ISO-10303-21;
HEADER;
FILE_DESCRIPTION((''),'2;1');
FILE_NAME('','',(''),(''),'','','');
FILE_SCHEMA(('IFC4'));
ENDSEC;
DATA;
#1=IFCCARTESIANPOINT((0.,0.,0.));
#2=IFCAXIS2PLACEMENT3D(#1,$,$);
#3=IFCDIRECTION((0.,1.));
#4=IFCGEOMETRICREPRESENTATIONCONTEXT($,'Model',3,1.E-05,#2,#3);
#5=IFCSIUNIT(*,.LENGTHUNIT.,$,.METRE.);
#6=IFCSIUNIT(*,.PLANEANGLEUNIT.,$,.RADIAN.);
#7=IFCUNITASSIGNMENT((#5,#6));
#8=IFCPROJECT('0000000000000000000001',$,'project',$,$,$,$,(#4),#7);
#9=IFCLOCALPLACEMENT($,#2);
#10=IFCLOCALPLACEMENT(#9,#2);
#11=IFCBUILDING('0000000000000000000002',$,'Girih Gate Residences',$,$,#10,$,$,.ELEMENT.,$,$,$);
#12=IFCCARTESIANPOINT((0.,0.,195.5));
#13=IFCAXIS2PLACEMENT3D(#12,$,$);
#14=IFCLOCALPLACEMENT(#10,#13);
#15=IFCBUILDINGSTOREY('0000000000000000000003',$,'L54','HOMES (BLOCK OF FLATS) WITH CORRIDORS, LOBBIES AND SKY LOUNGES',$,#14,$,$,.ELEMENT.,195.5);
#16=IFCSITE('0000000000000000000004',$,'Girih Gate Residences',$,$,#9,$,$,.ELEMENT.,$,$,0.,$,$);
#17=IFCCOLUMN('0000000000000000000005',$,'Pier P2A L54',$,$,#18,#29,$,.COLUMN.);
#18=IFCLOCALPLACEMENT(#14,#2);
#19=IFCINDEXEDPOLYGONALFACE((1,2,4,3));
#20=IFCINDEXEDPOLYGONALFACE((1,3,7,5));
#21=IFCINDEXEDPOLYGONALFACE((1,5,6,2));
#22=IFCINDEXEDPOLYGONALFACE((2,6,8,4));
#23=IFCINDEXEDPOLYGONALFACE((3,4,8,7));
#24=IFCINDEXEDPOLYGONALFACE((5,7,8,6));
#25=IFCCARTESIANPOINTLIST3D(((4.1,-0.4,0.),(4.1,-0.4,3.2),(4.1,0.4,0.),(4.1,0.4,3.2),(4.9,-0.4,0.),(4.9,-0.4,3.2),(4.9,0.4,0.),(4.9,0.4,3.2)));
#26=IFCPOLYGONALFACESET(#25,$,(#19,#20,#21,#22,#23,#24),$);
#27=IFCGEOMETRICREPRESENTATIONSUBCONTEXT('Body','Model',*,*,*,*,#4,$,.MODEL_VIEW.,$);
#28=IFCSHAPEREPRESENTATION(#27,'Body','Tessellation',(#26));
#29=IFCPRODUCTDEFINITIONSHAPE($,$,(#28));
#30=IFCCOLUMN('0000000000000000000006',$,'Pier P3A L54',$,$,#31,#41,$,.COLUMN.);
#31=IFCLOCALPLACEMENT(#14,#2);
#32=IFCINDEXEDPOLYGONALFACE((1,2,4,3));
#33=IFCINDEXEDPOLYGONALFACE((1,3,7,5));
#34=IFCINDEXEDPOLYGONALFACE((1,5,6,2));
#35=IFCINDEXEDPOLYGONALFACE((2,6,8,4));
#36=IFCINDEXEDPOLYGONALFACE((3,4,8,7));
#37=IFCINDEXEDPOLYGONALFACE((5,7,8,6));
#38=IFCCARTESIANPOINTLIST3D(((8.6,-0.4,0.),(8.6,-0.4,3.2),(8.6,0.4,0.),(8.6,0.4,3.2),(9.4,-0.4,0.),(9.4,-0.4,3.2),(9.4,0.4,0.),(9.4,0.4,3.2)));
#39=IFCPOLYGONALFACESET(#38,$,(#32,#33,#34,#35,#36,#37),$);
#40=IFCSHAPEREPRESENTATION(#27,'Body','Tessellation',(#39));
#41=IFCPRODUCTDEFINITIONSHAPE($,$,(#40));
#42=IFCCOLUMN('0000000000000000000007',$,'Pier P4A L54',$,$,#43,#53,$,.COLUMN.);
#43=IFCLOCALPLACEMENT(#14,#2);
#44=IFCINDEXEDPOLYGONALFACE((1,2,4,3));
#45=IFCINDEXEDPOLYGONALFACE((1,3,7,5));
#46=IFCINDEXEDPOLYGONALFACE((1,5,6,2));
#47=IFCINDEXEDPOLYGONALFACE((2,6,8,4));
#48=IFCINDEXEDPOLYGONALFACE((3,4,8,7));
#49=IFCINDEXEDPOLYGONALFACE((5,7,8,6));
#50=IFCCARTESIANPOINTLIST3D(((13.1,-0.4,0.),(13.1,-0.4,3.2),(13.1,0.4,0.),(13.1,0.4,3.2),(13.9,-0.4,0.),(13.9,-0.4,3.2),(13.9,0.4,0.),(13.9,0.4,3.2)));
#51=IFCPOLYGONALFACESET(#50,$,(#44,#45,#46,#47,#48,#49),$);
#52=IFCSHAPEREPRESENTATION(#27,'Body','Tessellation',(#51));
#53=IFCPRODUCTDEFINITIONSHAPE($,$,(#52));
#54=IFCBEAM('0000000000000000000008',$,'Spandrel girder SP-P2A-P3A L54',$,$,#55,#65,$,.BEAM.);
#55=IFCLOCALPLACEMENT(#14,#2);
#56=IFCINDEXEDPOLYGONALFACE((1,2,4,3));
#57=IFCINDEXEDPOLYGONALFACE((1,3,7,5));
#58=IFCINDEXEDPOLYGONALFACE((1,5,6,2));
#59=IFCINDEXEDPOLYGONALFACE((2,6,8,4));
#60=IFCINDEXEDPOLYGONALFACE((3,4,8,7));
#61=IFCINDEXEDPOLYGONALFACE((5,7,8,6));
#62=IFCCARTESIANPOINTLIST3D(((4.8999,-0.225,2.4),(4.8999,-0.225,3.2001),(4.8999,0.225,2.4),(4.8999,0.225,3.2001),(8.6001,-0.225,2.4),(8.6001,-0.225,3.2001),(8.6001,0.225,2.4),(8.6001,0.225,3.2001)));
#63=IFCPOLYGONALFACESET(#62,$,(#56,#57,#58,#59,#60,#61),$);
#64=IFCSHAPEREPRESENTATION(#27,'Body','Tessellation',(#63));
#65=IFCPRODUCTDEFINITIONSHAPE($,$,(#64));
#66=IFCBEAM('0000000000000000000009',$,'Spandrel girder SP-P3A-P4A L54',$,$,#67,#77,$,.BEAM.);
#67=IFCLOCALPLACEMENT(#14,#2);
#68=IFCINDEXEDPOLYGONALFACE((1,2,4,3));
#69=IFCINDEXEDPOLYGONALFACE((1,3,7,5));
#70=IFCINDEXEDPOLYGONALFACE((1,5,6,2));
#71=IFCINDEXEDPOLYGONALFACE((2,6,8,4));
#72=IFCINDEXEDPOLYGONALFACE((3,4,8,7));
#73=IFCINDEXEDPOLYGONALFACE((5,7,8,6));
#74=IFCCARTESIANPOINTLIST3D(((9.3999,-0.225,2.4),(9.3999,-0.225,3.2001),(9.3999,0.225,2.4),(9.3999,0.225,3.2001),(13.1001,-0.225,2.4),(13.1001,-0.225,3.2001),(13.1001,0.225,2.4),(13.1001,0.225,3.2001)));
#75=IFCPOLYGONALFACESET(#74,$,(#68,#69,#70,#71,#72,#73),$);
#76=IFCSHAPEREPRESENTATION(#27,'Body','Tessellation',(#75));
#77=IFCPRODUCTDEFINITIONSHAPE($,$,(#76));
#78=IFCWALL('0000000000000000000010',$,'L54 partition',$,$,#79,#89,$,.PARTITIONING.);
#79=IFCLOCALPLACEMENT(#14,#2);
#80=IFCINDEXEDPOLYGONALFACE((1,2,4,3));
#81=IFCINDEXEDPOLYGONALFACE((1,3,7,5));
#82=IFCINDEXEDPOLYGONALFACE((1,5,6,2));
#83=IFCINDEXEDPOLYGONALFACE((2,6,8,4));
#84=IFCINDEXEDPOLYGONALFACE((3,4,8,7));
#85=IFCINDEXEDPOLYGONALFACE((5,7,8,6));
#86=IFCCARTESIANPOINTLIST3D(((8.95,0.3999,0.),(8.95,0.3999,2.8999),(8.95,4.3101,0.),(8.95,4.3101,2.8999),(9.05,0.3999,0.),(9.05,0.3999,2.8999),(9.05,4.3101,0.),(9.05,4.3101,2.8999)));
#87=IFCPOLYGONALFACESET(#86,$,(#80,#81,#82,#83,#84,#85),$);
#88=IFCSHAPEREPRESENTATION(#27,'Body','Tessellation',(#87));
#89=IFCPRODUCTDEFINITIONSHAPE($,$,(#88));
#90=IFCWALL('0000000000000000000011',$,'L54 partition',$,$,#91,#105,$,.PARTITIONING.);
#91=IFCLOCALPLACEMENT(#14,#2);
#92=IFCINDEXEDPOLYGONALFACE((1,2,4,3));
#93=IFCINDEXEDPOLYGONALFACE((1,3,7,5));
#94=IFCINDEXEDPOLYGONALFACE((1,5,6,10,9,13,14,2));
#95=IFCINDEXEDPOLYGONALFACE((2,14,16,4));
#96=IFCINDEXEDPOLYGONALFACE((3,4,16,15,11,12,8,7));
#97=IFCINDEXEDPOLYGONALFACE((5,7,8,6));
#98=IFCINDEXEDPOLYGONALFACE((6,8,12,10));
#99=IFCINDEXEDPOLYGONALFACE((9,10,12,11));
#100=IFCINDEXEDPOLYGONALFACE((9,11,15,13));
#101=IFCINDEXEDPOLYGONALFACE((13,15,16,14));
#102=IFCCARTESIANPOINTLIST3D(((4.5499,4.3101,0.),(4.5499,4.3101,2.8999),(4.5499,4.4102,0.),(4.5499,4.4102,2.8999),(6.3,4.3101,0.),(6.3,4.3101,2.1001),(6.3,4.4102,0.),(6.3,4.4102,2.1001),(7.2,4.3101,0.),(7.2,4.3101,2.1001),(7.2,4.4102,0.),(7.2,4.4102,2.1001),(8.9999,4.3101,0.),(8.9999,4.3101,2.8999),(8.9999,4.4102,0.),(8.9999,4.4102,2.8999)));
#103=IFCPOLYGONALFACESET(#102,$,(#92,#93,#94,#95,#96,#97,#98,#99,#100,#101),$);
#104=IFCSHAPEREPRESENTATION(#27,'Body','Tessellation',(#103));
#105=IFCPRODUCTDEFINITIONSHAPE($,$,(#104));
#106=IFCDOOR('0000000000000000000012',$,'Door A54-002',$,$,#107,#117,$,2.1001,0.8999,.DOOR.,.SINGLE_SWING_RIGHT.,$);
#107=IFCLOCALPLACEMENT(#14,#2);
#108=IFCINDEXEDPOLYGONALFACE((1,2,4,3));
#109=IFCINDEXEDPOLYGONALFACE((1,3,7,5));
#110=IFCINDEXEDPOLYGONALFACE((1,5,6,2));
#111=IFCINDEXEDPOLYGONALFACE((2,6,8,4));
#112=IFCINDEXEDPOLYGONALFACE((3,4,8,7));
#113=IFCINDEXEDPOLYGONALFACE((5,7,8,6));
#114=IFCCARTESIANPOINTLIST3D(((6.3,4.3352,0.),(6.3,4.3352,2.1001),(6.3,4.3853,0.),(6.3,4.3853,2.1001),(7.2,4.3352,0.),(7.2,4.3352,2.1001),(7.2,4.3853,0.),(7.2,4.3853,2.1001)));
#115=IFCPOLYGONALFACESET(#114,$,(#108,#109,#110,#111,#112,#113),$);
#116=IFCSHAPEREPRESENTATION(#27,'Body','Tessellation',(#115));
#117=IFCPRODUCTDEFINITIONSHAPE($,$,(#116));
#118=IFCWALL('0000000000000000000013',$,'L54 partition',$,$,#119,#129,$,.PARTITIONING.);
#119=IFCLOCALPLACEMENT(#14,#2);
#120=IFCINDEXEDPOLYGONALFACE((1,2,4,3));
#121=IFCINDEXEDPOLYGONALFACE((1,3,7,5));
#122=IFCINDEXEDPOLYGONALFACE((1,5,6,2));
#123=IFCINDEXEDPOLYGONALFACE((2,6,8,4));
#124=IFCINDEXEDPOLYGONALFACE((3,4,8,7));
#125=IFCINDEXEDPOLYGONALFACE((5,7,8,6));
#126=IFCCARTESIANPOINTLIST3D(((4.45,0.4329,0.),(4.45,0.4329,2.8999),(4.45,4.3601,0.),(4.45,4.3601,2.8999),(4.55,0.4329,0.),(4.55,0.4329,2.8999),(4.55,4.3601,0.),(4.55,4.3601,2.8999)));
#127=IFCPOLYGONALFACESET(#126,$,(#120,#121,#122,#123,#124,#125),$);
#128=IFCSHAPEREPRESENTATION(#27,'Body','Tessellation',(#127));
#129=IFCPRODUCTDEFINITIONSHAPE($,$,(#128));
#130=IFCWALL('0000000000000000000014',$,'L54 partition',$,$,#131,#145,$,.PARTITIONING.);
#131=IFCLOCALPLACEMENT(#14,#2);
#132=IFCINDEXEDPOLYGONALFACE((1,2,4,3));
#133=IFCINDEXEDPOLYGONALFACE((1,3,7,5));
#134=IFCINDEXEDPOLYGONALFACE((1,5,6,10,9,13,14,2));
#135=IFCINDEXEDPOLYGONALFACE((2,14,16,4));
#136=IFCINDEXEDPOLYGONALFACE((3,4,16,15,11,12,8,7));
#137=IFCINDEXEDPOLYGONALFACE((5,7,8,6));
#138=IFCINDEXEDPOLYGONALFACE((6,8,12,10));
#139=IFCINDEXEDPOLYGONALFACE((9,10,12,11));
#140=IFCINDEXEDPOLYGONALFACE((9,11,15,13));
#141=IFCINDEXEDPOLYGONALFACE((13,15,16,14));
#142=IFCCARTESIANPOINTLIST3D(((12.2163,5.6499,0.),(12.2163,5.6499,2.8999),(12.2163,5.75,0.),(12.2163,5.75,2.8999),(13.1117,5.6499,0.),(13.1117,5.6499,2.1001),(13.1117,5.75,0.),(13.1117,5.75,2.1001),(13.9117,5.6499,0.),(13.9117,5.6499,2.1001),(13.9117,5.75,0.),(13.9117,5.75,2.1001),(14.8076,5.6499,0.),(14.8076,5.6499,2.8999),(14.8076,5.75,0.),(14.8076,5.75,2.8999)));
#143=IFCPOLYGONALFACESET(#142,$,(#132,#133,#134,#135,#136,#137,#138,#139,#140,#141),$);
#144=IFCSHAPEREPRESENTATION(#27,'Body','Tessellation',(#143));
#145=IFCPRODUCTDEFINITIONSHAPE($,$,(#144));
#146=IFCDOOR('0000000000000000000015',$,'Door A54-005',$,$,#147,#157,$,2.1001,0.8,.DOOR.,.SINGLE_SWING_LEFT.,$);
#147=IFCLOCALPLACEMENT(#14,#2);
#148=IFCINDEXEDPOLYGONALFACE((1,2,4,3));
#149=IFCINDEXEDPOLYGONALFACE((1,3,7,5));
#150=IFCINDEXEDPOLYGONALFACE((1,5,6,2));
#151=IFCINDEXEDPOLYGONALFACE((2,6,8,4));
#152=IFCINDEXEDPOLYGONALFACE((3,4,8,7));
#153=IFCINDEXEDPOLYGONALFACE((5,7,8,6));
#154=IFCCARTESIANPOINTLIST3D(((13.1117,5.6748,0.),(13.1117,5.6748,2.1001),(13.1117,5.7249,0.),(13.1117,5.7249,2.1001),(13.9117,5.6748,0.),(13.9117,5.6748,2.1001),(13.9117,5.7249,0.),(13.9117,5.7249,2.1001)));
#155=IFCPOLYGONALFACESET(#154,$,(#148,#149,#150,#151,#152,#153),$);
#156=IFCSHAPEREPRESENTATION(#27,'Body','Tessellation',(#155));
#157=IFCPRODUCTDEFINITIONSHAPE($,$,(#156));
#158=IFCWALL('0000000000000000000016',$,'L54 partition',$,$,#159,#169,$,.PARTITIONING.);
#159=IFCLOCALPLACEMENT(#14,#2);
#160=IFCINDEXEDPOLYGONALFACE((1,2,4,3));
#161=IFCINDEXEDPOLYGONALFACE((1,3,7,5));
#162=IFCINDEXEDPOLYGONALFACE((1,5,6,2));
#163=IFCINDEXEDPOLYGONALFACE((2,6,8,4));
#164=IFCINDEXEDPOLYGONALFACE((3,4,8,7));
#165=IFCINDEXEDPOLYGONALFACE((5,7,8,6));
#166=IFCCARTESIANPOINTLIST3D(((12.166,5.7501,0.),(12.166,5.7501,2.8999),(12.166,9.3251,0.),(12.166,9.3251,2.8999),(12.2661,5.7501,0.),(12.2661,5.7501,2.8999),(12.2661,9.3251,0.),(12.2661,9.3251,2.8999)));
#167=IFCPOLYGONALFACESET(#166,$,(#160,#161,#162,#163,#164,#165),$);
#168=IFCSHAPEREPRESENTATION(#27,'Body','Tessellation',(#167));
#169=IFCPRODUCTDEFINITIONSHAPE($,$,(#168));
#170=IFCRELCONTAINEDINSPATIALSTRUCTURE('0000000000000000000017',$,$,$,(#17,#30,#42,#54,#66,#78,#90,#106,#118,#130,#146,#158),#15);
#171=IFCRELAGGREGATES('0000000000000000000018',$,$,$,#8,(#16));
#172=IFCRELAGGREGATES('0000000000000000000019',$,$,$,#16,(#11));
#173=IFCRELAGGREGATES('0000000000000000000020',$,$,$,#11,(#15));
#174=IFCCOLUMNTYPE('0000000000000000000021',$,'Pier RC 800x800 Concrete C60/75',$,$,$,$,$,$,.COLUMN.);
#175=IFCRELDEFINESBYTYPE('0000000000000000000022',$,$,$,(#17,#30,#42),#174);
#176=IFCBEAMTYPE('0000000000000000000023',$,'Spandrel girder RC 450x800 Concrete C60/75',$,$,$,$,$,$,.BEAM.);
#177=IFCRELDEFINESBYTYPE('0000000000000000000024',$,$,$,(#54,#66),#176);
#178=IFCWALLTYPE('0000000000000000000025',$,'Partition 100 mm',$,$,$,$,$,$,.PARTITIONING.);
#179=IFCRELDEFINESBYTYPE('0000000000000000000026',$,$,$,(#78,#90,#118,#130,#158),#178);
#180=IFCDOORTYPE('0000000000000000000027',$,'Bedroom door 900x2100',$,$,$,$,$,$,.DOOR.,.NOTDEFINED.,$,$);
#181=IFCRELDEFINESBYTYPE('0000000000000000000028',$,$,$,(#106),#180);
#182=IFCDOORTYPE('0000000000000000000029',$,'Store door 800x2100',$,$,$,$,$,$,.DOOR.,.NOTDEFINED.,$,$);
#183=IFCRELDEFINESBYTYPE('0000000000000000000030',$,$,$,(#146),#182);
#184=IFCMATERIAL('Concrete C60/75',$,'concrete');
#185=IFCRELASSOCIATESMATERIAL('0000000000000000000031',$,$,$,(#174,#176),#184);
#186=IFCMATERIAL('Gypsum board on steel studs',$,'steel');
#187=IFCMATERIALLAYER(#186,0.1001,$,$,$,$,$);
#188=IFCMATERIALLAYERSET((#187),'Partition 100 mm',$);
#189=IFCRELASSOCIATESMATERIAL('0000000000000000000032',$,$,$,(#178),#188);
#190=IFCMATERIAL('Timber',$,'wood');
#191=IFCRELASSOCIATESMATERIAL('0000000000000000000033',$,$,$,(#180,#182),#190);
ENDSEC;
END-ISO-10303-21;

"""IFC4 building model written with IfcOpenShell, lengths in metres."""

from ifc_helpers import new_model, si_unit, direction, frame, frame_2d, origin, origin_2d, place, context, subcontext, project, spatial, rectangle, extrude, material, layer, layer_set, material_profile, profile_set, type_object, element, fill, save


model = new_model("IFC4")

# Units and contexts
model_context = context("Model", 3, precision=1e-05, world=origin(), true_north=direction((0.0, 1.0)))
body_context = subcontext(model_context, "Body", "Model", "MODEL_VIEW")
ifc_project = project(units=[si_unit("LENGTHUNIT", "METRE"), si_unit("PLANEANGLEUNIT", "RADIAN")], contexts=[model_context])

# Site, building, storey
site_placement = place(None, origin())
site = spatial("IfcSite", under=ifc_project, at=site_placement, Name="Girih Gate Residences", CompositionType="ELEMENT", RefElevation=0.0)
building_placement = place(site_placement, origin())
building = spatial("IfcBuilding", under=site, at=building_placement, Name="Girih Gate Residences", CompositionType="ELEMENT")
storey_placement = place(building_placement, frame((0.0, 0.0, 195.5)))
storey = spatial("IfcBuildingStorey", under=building, at=storey_placement, Name="L54", Description="HOMES (BLOCK OF FLATS) WITH CORRIDORS, LOBBIES AND SKY LOUNGES", CompositionType="ELEMENT", Elevation=195.5)

# Columns
ifc_material_1 = material(Name="Concrete C60/75", Category="concrete")
ifc_material_profile_1 = material_profile(ifc_material_1, rectangle(XDim=0.8, YDim=0.8, at=origin_2d()))
ifc_profile_set_1 = profile_set([ifc_material_profile_1], Name="Concrete C60/75")
column_type = type_object("IfcColumnType", Name="Pier RC 800x800 Concrete C60/75", PredefinedType="COLUMN", material=ifc_profile_set_1)
for number, where, z_axis, x_axis, name in (
    (1, (4.5, 0.0, 0.0), (0.0, 0.0, 1.0), (1.0, 0.0, 0.0), "Pier P2A L54"),
    (2, (9.0, 0.0, 0.0), (0.0, 0.0, 1.0), (1.0, 0.0, 0.0), "Pier P3A L54"),
    (3, (13.5, 0.0, 0.0), (0.0, 0.0, 1.0), (1.0, 0.0, 0.0), "Pier P4A L54"),
):
    element("IfcColumn", number, at=place(storey_placement, frame(where, z_axis=z_axis, x_axis=x_axis)), inside=storey, type_object=column_type, Name=name, PredefinedType="COLUMN", context=body_context, shape_type="SweptSolid", body=[
        extrude(rectangle(XDim=0.8, YDim=0.8, at=origin_2d()), origin(), (0.0, 0.0, 1.0), 3.2),
    ])

# Beams
ifc_material_profile_2 = material_profile(ifc_material_1, rectangle(XDim=0.45, YDim=0.8, at=origin_2d()))
ifc_profile_set_2 = profile_set([ifc_material_profile_2], Name="Concrete C60/75")
beam_type = type_object("IfcBeamType", Name="Spandrel girder RC 450x800 Concrete C60/75", PredefinedType="BEAM", material=ifc_profile_set_2)
for number, where, z_axis, x_axis, name in (
    (4, (4.8999, 0.0, 2.8), (1.0, 0.0, 0.0), (0.0, 1.0, 0.0), "Spandrel girder SP-P2A-P3A L54"),
    (5, (9.3999, 0.0, 2.8), (1.0, 0.0, 0.0), (0.0, 1.0, 0.0), "Spandrel girder SP-P3A-P4A L54"),
):
    element("IfcBeam", number, at=place(storey_placement, frame(where, z_axis=z_axis, x_axis=x_axis)), inside=storey, type_object=beam_type, Name=name, PredefinedType="BEAM", context=body_context, shape_type="SweptSolid", body=[
        extrude(rectangle(XDim=0.45, YDim=0.8, at=origin_2d()), origin(), (0.0, 0.0, 1.0), 3.7002),
    ])

# Wall
ifc_material_2 = material(Name="Gypsum board on steel studs", Category="steel")
ifc_layer_1 = layer(ifc_material_2, 0.1001)
ifc_layer_set_1 = layer_set([ifc_layer_1], Name="Partition 100 mm")
wall_type_1 = type_object("IfcWallType", Name="Partition 100 mm", PredefinedType="PARTITIONING", material=ifc_layer_set_1)
wall_1_placement = place(storey_placement, frame((9.0, 0.3999, 0.0), z_axis=(0.0, 0.0, 1.0), x_axis=(0.0, 1.0, 0.0)))
element("IfcWall", 6, at=wall_1_placement, inside=storey, type_object=wall_type_1, Name="L54 partition", PredefinedType="PARTITIONING", context=body_context, shape_type="SweptSolid", body=[
    extrude(rectangle(XDim=3.9102, YDim=0.1001, at=frame_2d((1.9551, 0.0))), origin(), (0.0, 0.0, 1.0), 2.8999),
])

# Wall, opening, door
wall_2_placement = place(storey_placement, frame((9.0, 4.3601, 0.0), z_axis=(0.0, 0.0, 1.0), x_axis=(-1.0, 0.0, 0.0)))
wall_2 = element("IfcWall", 7, at=wall_2_placement, inside=storey, type_object=wall_type_1, Name="L54 partition", PredefinedType="PARTITIONING", context=body_context, shape_type="SweptSolid", body=[
    extrude(rectangle(XDim=4.45, YDim=0.1001, at=frame_2d((2.2251, 0.0))), origin(), (0.0, 0.0, 1.0), 2.8999),
])
opening_1_placement = place(wall_2_placement, frame((1.8, 0.0, 0.0)))
opening_1 = element("IfcOpeningElement", 8, at=opening_1_placement, cuts=wall_2, PredefinedType="OPENING", context=body_context, shape_type="SweptSolid", body=[
    extrude(rectangle(XDim=0.8999, YDim=2.1001, at=frame_2d((0.45, 1.05))), frame((0.0, 0.0601, 0.0), z_axis=(0.0, -1.0, 0.0), x_axis=(1.0, 0.0, 0.0)), (0.0, 0.0, 1.0), 0.1201),
])
ifc_material_3 = material(Name="Timber", Category="wood")
door_type_1 = type_object("IfcDoorType", Name="Bedroom door 900x2100", OperationType="NOTDEFINED", PredefinedType="DOOR", material=ifc_material_3)
door_1_placement = place(opening_1_placement, origin())
door_1 = element("IfcDoor", 9, at=door_1_placement, inside=storey, type_object=door_type_1, Name="Door A54-002", OperationType="SINGLE_SWING_RIGHT", OverallHeight=2.1001, OverallWidth=0.8999, PredefinedType="DOOR", context=body_context, shape_type="SweptSolid", body=[
    extrude(rectangle(XDim=0.8999, YDim=2.1001, at=frame_2d((0.45, 1.05))), frame((0.0, 0.0249, 0.0), z_axis=(0.0, -1.0, 0.0), x_axis=(1.0, 0.0, 0.0)), (0.0, 0.0, 1.0), 0.05),
])
fill(opening_1, door_1)

# Wall
wall_3_placement = place(storey_placement, frame((4.5, 0.4329, 0.0), z_axis=(0.0, 0.0, 1.0), x_axis=(0.0, 1.0, 0.0)))
element("IfcWall", 10, at=wall_3_placement, inside=storey, type_object=wall_type_1, Name="L54 partition", PredefinedType="PARTITIONING", context=body_context, shape_type="SweptSolid", body=[
    extrude(rectangle(XDim=3.9272, YDim=0.1001, at=frame_2d((1.9636, 0.0))), origin(), (0.0, 0.0, 1.0), 2.8999),
])

# Wall, opening, door
wall_4_placement = place(storey_placement, frame((12.2163, 5.7, 0.0), z_axis=(0.0, 0.0, 1.0), x_axis=(1.0, 0.0, 0.0)))
wall_4 = element("IfcWall", 11, at=wall_4_placement, inside=storey, type_object=wall_type_1, Name="L54 partition", PredefinedType="PARTITIONING", context=body_context, shape_type="SweptSolid", body=[
    extrude(rectangle(XDim=2.5913, YDim=0.1001, at=frame_2d((1.2957, 0.0))), origin(), (0.0, 0.0, 1.0), 2.8999),
])
opening_2_placement = place(wall_4_placement, frame((0.8955, 0.0, 0.0)))
opening_2 = element("IfcOpeningElement", 12, at=opening_2_placement, cuts=wall_4, PredefinedType="OPENING", context=body_context, shape_type="SweptSolid", body=[
    extrude(rectangle(XDim=0.8, YDim=2.1001, at=frame_2d((0.3999, 1.05))), frame((0.0, 0.0601, 0.0), z_axis=(0.0, -1.0, 0.0), x_axis=(1.0, 0.0, 0.0)), (0.0, 0.0, 1.0), 0.1201),
])
door_type_2 = type_object("IfcDoorType", Name="Store door 800x2100", OperationType="NOTDEFINED", PredefinedType="DOOR", material=ifc_material_3)
door_2_placement = place(opening_2_placement, origin())
door_2 = element("IfcDoor", 13, at=door_2_placement, inside=storey, type_object=door_type_2, Name="Door A54-005", OperationType="SINGLE_SWING_LEFT", OverallHeight=2.1001, OverallWidth=0.8, PredefinedType="DOOR", context=body_context, shape_type="SweptSolid", body=[
    extrude(rectangle(XDim=0.8, YDim=2.1001, at=frame_2d((0.3999, 1.05))), frame((0.0, 0.0249, 0.0), z_axis=(0.0, -1.0, 0.0), x_axis=(1.0, 0.0, 0.0)), (0.0, 0.0, 1.0), 0.05),
])
fill(opening_2, door_2)

# Wall
wall_5_placement = place(storey_placement, frame((12.2161, 5.75, 0.0), z_axis=(0.0, 0.0, 1.0), x_axis=(0.0, 1.0, 0.0)))
element("IfcWall", 14, at=wall_5_placement, inside=storey, type_object=wall_type_1, Name="L54 partition", PredefinedType="PARTITIONING", context=body_context, shape_type="SweptSolid", body=[
    extrude(rectangle(XDim=3.575, YDim=0.1001, at=frame_2d((1.7876, 0.0))), origin(), (0.0, 0.0, 1.0), 2.8999),
])

save(model, "model.ifc")
